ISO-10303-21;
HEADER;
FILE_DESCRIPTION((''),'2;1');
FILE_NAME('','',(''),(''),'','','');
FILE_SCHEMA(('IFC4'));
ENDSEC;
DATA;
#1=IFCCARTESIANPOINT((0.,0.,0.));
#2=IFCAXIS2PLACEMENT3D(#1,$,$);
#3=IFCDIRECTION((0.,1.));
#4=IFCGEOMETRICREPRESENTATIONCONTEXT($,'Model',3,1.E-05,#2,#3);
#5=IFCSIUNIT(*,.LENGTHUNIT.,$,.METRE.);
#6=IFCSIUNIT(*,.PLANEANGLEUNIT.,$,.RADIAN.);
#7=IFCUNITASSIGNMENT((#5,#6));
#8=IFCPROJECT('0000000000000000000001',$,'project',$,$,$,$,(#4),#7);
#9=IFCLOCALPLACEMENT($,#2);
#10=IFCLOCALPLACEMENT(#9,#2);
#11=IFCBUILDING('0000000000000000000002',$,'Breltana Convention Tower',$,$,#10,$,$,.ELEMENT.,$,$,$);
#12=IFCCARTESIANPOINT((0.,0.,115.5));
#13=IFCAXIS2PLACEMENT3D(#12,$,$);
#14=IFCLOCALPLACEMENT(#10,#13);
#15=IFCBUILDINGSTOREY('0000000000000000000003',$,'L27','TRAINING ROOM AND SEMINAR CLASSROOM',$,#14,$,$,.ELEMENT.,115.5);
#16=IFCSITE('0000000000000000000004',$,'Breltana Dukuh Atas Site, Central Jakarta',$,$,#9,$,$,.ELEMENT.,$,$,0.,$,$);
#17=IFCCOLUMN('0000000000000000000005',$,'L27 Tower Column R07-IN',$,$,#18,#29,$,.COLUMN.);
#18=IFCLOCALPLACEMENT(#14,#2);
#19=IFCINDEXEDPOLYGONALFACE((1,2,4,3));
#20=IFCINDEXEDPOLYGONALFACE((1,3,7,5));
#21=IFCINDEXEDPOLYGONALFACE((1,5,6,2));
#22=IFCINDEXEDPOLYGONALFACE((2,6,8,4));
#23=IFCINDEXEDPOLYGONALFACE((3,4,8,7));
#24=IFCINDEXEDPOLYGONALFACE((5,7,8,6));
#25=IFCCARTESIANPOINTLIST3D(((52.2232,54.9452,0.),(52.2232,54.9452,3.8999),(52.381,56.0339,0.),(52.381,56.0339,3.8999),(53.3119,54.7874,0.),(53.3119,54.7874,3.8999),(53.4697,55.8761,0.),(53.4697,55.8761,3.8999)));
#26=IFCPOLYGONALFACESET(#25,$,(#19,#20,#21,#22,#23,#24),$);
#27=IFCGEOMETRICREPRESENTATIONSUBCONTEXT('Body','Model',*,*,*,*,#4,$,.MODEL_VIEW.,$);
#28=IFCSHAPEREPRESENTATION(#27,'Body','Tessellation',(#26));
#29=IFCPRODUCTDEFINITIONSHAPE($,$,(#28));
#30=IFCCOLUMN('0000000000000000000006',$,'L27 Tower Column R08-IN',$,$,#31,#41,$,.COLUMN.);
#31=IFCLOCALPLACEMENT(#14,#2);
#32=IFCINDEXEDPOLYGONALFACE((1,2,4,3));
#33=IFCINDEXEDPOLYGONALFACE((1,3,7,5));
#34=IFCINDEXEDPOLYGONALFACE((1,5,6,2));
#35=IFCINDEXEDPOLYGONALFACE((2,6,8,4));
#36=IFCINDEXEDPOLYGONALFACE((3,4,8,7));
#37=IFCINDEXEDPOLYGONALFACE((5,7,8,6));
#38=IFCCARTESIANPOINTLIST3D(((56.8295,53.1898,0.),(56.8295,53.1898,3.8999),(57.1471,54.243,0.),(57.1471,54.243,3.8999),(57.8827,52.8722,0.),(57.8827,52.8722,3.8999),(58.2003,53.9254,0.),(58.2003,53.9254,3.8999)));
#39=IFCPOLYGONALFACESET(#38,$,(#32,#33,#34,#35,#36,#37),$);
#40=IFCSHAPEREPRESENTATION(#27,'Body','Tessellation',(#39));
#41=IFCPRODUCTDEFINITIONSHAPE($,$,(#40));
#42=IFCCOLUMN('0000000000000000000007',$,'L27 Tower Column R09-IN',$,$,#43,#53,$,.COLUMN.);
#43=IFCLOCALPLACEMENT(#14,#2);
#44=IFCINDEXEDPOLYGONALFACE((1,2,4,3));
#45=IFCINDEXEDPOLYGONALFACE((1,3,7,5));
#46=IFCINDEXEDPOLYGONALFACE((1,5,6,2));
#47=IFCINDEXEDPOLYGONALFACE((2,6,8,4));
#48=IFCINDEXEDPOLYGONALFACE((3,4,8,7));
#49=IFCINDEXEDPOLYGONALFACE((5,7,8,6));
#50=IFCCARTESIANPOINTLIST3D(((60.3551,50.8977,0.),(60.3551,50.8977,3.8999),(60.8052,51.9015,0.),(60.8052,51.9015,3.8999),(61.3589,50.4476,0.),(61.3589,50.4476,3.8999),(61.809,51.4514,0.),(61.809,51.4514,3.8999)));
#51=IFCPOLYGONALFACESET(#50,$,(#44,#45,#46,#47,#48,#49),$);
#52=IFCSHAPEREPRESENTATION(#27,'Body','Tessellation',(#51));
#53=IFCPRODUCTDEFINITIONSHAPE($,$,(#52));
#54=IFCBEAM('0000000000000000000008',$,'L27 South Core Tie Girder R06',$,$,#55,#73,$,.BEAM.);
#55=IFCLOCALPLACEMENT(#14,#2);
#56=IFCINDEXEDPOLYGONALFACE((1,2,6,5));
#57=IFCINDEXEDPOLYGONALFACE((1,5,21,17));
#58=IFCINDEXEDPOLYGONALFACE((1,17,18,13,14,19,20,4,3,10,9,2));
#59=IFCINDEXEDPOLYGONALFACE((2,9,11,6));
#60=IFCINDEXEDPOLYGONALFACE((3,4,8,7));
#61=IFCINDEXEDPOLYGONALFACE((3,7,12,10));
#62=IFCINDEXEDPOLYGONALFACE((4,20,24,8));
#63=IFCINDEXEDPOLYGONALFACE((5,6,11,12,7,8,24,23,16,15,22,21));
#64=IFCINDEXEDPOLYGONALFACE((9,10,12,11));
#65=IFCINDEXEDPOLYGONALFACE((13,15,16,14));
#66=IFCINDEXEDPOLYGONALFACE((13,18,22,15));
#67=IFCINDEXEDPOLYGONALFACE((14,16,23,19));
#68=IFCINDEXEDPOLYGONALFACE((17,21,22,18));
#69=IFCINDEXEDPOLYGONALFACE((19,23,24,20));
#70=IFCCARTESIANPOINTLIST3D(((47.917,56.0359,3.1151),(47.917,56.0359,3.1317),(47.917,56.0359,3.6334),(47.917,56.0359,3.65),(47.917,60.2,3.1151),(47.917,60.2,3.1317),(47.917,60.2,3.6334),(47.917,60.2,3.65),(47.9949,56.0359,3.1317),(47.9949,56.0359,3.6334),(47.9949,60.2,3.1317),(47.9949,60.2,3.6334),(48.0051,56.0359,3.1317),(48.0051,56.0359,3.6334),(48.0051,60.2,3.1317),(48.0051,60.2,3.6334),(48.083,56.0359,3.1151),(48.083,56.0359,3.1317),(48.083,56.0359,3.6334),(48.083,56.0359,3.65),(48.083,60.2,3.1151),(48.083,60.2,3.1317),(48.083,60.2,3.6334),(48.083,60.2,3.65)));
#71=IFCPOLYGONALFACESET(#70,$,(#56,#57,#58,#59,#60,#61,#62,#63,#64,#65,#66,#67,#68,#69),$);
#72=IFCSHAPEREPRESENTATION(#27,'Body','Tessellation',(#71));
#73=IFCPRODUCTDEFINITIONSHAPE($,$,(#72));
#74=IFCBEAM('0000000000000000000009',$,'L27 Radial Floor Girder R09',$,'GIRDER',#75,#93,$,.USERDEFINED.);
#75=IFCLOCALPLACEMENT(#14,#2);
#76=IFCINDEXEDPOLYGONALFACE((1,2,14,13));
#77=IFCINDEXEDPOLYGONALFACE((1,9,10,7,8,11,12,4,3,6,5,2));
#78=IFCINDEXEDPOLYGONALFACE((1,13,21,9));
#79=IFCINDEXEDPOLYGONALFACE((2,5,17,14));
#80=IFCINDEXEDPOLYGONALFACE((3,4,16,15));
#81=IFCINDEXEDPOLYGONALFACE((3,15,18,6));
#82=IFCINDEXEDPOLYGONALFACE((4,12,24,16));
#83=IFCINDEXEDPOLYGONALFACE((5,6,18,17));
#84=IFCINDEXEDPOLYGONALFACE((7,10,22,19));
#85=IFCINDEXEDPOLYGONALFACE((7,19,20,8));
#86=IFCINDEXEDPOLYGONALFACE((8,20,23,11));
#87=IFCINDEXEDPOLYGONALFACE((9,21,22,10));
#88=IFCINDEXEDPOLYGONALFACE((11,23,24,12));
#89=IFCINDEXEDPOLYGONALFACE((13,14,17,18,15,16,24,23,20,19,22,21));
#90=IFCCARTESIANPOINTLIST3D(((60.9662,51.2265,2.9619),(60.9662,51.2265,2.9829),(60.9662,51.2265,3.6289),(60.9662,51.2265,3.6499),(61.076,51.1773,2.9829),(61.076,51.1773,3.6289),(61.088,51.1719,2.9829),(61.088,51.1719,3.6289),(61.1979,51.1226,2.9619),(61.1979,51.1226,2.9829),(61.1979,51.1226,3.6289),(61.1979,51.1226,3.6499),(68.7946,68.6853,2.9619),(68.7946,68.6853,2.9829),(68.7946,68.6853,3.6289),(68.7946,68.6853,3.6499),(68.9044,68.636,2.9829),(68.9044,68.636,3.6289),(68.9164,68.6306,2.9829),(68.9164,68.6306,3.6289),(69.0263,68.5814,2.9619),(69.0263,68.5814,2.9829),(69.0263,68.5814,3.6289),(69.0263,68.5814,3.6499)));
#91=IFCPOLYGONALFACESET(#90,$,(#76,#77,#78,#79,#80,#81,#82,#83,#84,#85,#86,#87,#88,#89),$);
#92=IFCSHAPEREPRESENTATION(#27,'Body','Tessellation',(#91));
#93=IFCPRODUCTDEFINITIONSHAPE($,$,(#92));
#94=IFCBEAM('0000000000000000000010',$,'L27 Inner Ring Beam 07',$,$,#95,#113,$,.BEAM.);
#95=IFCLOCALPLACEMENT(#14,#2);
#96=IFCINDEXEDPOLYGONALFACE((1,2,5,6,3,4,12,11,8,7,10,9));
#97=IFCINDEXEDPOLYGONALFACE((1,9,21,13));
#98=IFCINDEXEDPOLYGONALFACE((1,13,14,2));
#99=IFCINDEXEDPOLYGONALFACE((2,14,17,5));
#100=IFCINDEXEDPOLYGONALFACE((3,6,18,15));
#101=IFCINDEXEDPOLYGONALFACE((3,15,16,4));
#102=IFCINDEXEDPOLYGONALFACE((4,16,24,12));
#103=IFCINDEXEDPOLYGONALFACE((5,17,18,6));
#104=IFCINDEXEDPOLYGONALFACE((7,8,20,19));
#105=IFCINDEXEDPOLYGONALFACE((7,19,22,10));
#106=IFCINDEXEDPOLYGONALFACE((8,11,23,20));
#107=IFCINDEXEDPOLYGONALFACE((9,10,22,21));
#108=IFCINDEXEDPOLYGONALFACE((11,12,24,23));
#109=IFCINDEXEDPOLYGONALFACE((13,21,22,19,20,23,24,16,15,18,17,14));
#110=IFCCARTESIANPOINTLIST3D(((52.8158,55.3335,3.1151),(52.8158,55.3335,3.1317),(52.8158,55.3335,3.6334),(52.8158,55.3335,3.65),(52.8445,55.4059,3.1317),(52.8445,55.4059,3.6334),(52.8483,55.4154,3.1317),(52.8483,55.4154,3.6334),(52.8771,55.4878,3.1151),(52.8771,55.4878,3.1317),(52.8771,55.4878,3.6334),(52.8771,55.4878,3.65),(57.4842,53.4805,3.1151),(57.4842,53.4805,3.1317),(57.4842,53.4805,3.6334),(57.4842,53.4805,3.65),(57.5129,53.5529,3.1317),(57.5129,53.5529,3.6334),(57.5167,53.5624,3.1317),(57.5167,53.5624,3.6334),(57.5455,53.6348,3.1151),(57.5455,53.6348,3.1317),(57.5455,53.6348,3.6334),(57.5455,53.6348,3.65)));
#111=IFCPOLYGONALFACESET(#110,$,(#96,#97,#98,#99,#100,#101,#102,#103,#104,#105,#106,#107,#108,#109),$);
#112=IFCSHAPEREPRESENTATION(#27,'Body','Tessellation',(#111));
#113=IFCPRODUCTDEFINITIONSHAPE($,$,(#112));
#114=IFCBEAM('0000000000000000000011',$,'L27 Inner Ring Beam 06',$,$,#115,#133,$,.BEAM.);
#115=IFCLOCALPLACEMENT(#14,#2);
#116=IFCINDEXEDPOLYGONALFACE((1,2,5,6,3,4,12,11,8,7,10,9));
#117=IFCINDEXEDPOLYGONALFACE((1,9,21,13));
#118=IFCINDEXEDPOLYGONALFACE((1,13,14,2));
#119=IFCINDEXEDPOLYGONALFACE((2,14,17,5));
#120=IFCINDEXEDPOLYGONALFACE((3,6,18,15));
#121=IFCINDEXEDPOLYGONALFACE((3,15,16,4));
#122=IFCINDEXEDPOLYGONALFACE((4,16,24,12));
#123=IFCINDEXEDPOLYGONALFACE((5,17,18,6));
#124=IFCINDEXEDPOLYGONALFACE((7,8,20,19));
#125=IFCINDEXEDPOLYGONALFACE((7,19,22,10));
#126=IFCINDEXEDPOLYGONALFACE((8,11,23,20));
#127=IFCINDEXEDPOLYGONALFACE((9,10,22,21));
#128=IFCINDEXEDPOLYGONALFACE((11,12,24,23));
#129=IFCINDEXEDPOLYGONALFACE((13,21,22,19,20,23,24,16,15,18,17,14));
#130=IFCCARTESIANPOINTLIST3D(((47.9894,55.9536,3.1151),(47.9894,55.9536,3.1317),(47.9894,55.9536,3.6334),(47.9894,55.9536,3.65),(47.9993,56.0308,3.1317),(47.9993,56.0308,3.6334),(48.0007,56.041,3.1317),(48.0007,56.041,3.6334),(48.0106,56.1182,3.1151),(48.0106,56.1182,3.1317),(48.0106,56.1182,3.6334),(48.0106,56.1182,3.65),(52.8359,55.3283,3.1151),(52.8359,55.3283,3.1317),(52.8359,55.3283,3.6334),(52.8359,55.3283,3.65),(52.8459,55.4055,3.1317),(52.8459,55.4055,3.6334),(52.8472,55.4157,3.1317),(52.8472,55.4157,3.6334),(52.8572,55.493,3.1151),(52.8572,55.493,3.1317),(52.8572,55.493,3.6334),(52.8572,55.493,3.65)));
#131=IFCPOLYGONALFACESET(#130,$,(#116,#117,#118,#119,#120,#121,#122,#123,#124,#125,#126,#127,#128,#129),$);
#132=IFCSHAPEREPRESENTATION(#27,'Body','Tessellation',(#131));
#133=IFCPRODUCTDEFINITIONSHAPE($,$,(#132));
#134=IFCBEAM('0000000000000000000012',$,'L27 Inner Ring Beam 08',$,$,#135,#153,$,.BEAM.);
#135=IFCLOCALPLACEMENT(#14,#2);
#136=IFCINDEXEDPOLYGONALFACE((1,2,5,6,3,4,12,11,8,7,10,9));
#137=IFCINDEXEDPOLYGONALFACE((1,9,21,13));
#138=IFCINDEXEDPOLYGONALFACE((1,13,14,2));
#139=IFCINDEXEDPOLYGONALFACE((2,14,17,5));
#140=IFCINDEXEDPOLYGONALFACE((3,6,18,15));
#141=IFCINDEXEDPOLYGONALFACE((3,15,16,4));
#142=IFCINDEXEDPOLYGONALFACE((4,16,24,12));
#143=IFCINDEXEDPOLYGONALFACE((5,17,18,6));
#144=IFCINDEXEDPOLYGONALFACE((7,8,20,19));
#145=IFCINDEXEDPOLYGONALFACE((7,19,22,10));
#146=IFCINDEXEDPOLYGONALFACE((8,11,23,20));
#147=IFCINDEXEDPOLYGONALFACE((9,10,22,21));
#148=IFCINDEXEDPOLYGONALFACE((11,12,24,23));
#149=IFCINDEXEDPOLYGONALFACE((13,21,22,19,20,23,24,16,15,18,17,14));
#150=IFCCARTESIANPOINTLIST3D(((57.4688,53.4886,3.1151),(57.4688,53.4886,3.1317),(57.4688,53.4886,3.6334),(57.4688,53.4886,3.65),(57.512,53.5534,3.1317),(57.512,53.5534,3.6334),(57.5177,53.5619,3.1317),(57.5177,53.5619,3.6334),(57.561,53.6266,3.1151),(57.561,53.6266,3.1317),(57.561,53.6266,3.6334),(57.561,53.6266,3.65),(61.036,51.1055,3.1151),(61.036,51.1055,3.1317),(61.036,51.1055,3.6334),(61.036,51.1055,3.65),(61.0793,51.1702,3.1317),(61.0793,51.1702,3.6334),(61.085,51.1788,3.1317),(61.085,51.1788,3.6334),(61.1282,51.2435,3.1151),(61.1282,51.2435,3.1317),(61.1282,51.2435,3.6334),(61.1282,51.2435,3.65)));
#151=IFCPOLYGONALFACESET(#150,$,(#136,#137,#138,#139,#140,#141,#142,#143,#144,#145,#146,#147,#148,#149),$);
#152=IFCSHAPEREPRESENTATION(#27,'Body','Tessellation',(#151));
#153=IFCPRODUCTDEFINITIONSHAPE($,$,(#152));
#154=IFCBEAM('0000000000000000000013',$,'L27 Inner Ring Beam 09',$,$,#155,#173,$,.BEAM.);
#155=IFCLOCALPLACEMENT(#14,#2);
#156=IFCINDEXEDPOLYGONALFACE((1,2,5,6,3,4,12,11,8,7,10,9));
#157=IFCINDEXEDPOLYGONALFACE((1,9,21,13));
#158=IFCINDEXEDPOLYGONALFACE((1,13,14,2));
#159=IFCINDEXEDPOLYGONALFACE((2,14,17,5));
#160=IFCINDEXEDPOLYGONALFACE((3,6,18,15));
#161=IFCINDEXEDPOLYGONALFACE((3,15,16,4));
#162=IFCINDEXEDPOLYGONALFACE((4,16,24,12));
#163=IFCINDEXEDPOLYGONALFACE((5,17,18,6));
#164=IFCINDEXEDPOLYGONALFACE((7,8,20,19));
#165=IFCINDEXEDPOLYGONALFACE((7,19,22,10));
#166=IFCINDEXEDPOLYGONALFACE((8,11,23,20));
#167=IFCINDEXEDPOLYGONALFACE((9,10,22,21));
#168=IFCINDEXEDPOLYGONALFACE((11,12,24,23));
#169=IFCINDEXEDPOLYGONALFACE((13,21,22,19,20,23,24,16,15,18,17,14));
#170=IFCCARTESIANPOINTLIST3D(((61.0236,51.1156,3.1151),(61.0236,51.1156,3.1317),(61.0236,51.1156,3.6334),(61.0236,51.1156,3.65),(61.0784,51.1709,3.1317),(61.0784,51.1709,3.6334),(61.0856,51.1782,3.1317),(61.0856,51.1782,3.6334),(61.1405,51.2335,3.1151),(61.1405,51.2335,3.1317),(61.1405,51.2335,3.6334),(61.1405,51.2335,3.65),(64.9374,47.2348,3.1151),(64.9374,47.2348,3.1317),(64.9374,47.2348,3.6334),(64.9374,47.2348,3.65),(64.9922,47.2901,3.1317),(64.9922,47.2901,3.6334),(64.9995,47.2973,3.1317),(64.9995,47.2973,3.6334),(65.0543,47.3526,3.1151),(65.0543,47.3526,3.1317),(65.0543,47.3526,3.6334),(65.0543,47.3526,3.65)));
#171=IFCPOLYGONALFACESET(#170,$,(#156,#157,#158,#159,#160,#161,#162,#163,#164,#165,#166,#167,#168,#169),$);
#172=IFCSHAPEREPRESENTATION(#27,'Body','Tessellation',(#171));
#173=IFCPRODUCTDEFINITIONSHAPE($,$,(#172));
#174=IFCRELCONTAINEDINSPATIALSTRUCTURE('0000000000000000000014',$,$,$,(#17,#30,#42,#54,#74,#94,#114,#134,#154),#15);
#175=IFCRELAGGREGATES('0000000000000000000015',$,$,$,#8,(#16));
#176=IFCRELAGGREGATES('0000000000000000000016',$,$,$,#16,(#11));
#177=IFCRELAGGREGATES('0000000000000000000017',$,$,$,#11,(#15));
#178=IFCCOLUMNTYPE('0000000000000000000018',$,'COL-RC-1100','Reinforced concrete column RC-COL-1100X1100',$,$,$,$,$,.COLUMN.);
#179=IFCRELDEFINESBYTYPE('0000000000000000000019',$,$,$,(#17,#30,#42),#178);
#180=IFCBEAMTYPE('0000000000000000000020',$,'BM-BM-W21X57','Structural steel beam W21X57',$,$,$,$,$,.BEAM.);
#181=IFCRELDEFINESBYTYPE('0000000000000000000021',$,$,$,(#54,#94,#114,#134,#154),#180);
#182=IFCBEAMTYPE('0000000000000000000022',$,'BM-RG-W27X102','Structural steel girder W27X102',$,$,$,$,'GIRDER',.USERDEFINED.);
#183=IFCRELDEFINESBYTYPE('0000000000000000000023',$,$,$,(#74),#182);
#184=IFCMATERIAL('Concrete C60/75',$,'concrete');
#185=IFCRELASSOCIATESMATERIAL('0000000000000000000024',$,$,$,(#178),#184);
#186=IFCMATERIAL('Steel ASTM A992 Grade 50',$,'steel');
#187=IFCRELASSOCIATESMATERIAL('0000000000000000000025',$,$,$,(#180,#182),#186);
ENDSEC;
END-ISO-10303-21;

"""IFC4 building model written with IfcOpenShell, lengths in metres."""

from ifc_helpers import new_model, si_unit, direction, frame, origin, origin_2d, place, context, subcontext, project, spatial, rectangle, i_section, extrude, source, transform, mapped, material, material_profile, profile_set, type_object, element, save


model = new_model("IFC4")

# Units and contexts
model_context = context("Model", 3, precision=1e-05, world=origin(), true_north=direction((0.0, 1.0)))
body_context = subcontext(model_context, "Body", "Model", "MODEL_VIEW")
ifc_project = project(units=[si_unit("LENGTHUNIT", "METRE"), si_unit("PLANEANGLEUNIT", "RADIAN")], contexts=[model_context])

# Site, building, storey
site_placement = place(None, origin())
site = spatial("IfcSite", under=ifc_project, at=site_placement, Name="Breltana Dukuh Atas Site, Central Jakarta", CompositionType="ELEMENT", RefElevation=0.0)
building_placement = place(site_placement, origin())
building = spatial("IfcBuilding", under=site, at=building_placement, Name="Breltana Convention Tower", CompositionType="ELEMENT")
storey_placement = place(building_placement, frame((0.0, 0.0, 115.5)))
storey = spatial("IfcBuildingStorey", under=building, at=storey_placement, Name="L27", Description="TRAINING ROOM AND SEMINAR CLASSROOM", CompositionType="ELEMENT", Elevation=115.5)

# Columns
ifc_material_1 = material(Name="Concrete C60/75", Category="concrete")
ifc_material_profile_1 = material_profile(ifc_material_1, rectangle(XDim=1.1001, YDim=1.1001, at=origin_2d()), Name="RC-COL-1100X1100")
ifc_profile_set_1 = profile_set([ifc_material_profile_1], Name="Concrete C60/75")
column_type = type_object("IfcColumnType", Name="COL-RC-1100", Description="Reinforced concrete column RC-COL-1100X1100", PredefinedType="COLUMN", material=ifc_profile_set_1)
shared_shape_1 = source(origin(), body_context, "Body", "SweptSolid", [
    extrude(rectangle(XDim=1.1001, YDim=1.1001, at=origin_2d()), origin(), (0.0, 0.0, 1.0), 3.8999),
])
for number, where, z_axis, x_axis, name in (
    (1, (52.8464, 55.4106, 0.0), (0.0, 0.0, 1.0), (0.143493, 0.989651, 0.0), "L27 Tower Column R07-IN"),
    (2, (57.5149, 53.5576, 0.0), (0.0, 0.0, 1.0), (0.288698, 0.95742, 0.0), "L27 Tower Column R08-IN"),
    (3, (61.082, 51.1746, 0.0), (0.0, 0.0, 1.0), (0.409127, 0.912477, 0.0), "L27 Tower Column R09-IN"),
):
    element("IfcColumn", number, at=place(storey_placement, frame(where, z_axis=z_axis, x_axis=x_axis)), inside=storey, type_object=column_type, Name=name, PredefinedType="COLUMN", context=body_context, shape_type="MappedRepresentation", body=[
        mapped(shared_shape_1, transform((0.0, 0.0, 0.0), scale=1.0)),
    ])

# Beams
ifc_material_2 = material(Name="Steel ASTM A992 Grade 50", Category="steel")
ifc_material_profile_2 = material_profile(ifc_material_2, i_section(OverallWidth=0.166, OverallDepth=0.5349, WebThickness=0.0103, FlangeThickness=0.0166, at=origin_2d()), Name="W21X57")
ifc_profile_set_2 = profile_set([ifc_material_profile_2], Name="Steel ASTM A992 Grade 50")
beam_type_1 = type_object("IfcBeamType", Name="BM-BM-W21X57", Description="Structural steel beam W21X57", PredefinedType="BEAM", material=ifc_profile_set_2)
shared_shape_2 = source(origin(), body_context, "Body", "SweptSolid", [
    extrude(i_section(OverallWidth=0.166, OverallDepth=0.5349, WebThickness=0.0103, FlangeThickness=0.0166, at=origin_2d()), origin(), (0.0, 0.0, 1.0), 4.1641),
])
beam_1_placement = place(storey_placement, frame((48.0, 60.2, 3.3826), z_axis=(0.0, -1.0, 0.0), x_axis=(1.0, 0.0, 0.0)))
element("IfcBeam", 4, at=beam_1_placement, inside=storey, type_object=beam_type_1, Name="L27 South Core Tie Girder R06", PredefinedType="BEAM", context=body_context, shape_type="MappedRepresentation", body=[
    mapped(shared_shape_2, transform((0.0, 0.0, 0.0), scale=1.0)),
])
ifc_material_profile_3 = material_profile(ifc_material_2, i_section(OverallWidth=0.2539, OverallDepth=0.688, WebThickness=0.0132, FlangeThickness=0.021, at=origin_2d()), Name="W27X102")
ifc_profile_set_3 = profile_set([ifc_material_profile_3], Name="Steel ASTM A992 Grade 50")
beam_type_2 = type_object("IfcBeamType", Name="BM-RG-W27X102", Description="Structural steel girder W27X102", ElementType="GIRDER", PredefinedType="USERDEFINED", material=ifc_profile_set_3)
shared_shape_3 = source(origin(), body_context, "Body", "SweptSolid", [
    extrude(i_section(OverallWidth=0.2539, OverallDepth=0.688, WebThickness=0.0132, FlangeThickness=0.021, at=origin_2d()), origin(), (0.0, 0.0, 1.0), 19.1335),
])
beam_2_placement = place(storey_placement, frame((61.082, 51.1746, 3.3059), z_axis=(0.409145, 0.91247, 0.0), x_axis=(-0.91247, 0.409145, 0.0)))
element("IfcBeam", 5, at=beam_2_placement, inside=storey, type_object=beam_type_2, Name="L27 Radial Floor Girder R09", ObjectType="GIRDER", PredefinedType="USERDEFINED", context=body_context, shape_type="MappedRepresentation", body=[
    mapped(shared_shape_3, transform((0.0, 0.0, 0.0), scale=1.0)),
])
shared_shape_4 = source(origin(), body_context, "Body", "SweptSolid", [
    extrude(i_section(OverallWidth=0.166, OverallDepth=0.5349, WebThickness=0.0103, FlangeThickness=0.0166, at=origin_2d()), origin(), (0.0, 0.0, 1.0), 5.0227),
])
beam_3_placement = place(storey_placement, frame((52.8464, 55.4106, 3.3826), z_axis=(0.929459, -0.368926, 0.0), x_axis=(0.368926, 0.929459, 0.0)))
element("IfcBeam", 6, at=beam_3_placement, inside=storey, type_object=beam_type_1, Name="L27 Inner Ring Beam 07", PredefinedType="BEAM", context=body_context, shape_type="MappedRepresentation", body=[
    mapped(shared_shape_4, transform((0.0, 0.0, 0.0), scale=1.0)),
])
shared_shape_5 = source(origin(), body_context, "Body", "SweptSolid", [
    extrude(i_section(OverallWidth=0.166, OverallDepth=0.5349, WebThickness=0.0103, FlangeThickness=0.0166, at=origin_2d()), origin(), (0.0, 0.0, 1.0), 4.8867),
])
beam_4_placement = place(storey_placement, frame((48.0, 56.0359, 3.3826), z_axis=(0.991781, -0.127951, 0.0), x_axis=(0.127951, 0.991781, 0.0)))
element("IfcBeam", 7, at=beam_4_placement, inside=storey, type_object=beam_type_1, Name="L27 Inner Ring Beam 06", PredefinedType="BEAM", context=body_context, shape_type="MappedRepresentation", body=[
    mapped(shared_shape_5, transform((0.0, 0.0, 0.0), scale=1.0)),
])
shared_shape_6 = source(origin(), body_context, "Body", "SweptSolid", [
    extrude(i_section(OverallWidth=0.166, OverallDepth=0.5349, WebThickness=0.0103, FlangeThickness=0.0166, at=origin_2d()), origin(), (0.0, 0.0, 1.0), 4.29),
])
beam_5_placement = place(storey_placement, frame((57.5149, 53.5576, 3.3826), z_axis=(0.831516, -0.555501, 0.0), x_axis=(0.555501, 0.831516, 0.0)))
element("IfcBeam", 8, at=beam_5_placement, inside=storey, type_object=beam_type_1, Name="L27 Inner Ring Beam 08", PredefinedType="BEAM", context=body_context, shape_type="MappedRepresentation", body=[
    mapped(shared_shape_6, transform((0.0, 0.0, 0.0), scale=1.0)),
])
shared_shape_7 = source(origin(), body_context, "Body", "SweptSolid", [
    extrude(i_section(OverallWidth=0.166, OverallDepth=0.5349, WebThickness=0.0103, FlangeThickness=0.0166, at=origin_2d()), origin(), (0.0, 0.0, 1.0), 5.5117),
])
beam_6_placement = place(storey_placement, frame((61.082, 51.1746, 3.3826), z_axis=(0.71009, -0.704111, 0.0), x_axis=(0.704111, 0.71009, 0.0)))
element("IfcBeam", 9, at=beam_6_placement, inside=storey, type_object=beam_type_1, Name="L27 Inner Ring Beam 09", PredefinedType="BEAM", context=body_context, shape_type="MappedRepresentation", body=[
    mapped(shared_shape_7, transform((0.0, 0.0, 0.0), scale=1.0)),
])

save(model, "model.ifc")
